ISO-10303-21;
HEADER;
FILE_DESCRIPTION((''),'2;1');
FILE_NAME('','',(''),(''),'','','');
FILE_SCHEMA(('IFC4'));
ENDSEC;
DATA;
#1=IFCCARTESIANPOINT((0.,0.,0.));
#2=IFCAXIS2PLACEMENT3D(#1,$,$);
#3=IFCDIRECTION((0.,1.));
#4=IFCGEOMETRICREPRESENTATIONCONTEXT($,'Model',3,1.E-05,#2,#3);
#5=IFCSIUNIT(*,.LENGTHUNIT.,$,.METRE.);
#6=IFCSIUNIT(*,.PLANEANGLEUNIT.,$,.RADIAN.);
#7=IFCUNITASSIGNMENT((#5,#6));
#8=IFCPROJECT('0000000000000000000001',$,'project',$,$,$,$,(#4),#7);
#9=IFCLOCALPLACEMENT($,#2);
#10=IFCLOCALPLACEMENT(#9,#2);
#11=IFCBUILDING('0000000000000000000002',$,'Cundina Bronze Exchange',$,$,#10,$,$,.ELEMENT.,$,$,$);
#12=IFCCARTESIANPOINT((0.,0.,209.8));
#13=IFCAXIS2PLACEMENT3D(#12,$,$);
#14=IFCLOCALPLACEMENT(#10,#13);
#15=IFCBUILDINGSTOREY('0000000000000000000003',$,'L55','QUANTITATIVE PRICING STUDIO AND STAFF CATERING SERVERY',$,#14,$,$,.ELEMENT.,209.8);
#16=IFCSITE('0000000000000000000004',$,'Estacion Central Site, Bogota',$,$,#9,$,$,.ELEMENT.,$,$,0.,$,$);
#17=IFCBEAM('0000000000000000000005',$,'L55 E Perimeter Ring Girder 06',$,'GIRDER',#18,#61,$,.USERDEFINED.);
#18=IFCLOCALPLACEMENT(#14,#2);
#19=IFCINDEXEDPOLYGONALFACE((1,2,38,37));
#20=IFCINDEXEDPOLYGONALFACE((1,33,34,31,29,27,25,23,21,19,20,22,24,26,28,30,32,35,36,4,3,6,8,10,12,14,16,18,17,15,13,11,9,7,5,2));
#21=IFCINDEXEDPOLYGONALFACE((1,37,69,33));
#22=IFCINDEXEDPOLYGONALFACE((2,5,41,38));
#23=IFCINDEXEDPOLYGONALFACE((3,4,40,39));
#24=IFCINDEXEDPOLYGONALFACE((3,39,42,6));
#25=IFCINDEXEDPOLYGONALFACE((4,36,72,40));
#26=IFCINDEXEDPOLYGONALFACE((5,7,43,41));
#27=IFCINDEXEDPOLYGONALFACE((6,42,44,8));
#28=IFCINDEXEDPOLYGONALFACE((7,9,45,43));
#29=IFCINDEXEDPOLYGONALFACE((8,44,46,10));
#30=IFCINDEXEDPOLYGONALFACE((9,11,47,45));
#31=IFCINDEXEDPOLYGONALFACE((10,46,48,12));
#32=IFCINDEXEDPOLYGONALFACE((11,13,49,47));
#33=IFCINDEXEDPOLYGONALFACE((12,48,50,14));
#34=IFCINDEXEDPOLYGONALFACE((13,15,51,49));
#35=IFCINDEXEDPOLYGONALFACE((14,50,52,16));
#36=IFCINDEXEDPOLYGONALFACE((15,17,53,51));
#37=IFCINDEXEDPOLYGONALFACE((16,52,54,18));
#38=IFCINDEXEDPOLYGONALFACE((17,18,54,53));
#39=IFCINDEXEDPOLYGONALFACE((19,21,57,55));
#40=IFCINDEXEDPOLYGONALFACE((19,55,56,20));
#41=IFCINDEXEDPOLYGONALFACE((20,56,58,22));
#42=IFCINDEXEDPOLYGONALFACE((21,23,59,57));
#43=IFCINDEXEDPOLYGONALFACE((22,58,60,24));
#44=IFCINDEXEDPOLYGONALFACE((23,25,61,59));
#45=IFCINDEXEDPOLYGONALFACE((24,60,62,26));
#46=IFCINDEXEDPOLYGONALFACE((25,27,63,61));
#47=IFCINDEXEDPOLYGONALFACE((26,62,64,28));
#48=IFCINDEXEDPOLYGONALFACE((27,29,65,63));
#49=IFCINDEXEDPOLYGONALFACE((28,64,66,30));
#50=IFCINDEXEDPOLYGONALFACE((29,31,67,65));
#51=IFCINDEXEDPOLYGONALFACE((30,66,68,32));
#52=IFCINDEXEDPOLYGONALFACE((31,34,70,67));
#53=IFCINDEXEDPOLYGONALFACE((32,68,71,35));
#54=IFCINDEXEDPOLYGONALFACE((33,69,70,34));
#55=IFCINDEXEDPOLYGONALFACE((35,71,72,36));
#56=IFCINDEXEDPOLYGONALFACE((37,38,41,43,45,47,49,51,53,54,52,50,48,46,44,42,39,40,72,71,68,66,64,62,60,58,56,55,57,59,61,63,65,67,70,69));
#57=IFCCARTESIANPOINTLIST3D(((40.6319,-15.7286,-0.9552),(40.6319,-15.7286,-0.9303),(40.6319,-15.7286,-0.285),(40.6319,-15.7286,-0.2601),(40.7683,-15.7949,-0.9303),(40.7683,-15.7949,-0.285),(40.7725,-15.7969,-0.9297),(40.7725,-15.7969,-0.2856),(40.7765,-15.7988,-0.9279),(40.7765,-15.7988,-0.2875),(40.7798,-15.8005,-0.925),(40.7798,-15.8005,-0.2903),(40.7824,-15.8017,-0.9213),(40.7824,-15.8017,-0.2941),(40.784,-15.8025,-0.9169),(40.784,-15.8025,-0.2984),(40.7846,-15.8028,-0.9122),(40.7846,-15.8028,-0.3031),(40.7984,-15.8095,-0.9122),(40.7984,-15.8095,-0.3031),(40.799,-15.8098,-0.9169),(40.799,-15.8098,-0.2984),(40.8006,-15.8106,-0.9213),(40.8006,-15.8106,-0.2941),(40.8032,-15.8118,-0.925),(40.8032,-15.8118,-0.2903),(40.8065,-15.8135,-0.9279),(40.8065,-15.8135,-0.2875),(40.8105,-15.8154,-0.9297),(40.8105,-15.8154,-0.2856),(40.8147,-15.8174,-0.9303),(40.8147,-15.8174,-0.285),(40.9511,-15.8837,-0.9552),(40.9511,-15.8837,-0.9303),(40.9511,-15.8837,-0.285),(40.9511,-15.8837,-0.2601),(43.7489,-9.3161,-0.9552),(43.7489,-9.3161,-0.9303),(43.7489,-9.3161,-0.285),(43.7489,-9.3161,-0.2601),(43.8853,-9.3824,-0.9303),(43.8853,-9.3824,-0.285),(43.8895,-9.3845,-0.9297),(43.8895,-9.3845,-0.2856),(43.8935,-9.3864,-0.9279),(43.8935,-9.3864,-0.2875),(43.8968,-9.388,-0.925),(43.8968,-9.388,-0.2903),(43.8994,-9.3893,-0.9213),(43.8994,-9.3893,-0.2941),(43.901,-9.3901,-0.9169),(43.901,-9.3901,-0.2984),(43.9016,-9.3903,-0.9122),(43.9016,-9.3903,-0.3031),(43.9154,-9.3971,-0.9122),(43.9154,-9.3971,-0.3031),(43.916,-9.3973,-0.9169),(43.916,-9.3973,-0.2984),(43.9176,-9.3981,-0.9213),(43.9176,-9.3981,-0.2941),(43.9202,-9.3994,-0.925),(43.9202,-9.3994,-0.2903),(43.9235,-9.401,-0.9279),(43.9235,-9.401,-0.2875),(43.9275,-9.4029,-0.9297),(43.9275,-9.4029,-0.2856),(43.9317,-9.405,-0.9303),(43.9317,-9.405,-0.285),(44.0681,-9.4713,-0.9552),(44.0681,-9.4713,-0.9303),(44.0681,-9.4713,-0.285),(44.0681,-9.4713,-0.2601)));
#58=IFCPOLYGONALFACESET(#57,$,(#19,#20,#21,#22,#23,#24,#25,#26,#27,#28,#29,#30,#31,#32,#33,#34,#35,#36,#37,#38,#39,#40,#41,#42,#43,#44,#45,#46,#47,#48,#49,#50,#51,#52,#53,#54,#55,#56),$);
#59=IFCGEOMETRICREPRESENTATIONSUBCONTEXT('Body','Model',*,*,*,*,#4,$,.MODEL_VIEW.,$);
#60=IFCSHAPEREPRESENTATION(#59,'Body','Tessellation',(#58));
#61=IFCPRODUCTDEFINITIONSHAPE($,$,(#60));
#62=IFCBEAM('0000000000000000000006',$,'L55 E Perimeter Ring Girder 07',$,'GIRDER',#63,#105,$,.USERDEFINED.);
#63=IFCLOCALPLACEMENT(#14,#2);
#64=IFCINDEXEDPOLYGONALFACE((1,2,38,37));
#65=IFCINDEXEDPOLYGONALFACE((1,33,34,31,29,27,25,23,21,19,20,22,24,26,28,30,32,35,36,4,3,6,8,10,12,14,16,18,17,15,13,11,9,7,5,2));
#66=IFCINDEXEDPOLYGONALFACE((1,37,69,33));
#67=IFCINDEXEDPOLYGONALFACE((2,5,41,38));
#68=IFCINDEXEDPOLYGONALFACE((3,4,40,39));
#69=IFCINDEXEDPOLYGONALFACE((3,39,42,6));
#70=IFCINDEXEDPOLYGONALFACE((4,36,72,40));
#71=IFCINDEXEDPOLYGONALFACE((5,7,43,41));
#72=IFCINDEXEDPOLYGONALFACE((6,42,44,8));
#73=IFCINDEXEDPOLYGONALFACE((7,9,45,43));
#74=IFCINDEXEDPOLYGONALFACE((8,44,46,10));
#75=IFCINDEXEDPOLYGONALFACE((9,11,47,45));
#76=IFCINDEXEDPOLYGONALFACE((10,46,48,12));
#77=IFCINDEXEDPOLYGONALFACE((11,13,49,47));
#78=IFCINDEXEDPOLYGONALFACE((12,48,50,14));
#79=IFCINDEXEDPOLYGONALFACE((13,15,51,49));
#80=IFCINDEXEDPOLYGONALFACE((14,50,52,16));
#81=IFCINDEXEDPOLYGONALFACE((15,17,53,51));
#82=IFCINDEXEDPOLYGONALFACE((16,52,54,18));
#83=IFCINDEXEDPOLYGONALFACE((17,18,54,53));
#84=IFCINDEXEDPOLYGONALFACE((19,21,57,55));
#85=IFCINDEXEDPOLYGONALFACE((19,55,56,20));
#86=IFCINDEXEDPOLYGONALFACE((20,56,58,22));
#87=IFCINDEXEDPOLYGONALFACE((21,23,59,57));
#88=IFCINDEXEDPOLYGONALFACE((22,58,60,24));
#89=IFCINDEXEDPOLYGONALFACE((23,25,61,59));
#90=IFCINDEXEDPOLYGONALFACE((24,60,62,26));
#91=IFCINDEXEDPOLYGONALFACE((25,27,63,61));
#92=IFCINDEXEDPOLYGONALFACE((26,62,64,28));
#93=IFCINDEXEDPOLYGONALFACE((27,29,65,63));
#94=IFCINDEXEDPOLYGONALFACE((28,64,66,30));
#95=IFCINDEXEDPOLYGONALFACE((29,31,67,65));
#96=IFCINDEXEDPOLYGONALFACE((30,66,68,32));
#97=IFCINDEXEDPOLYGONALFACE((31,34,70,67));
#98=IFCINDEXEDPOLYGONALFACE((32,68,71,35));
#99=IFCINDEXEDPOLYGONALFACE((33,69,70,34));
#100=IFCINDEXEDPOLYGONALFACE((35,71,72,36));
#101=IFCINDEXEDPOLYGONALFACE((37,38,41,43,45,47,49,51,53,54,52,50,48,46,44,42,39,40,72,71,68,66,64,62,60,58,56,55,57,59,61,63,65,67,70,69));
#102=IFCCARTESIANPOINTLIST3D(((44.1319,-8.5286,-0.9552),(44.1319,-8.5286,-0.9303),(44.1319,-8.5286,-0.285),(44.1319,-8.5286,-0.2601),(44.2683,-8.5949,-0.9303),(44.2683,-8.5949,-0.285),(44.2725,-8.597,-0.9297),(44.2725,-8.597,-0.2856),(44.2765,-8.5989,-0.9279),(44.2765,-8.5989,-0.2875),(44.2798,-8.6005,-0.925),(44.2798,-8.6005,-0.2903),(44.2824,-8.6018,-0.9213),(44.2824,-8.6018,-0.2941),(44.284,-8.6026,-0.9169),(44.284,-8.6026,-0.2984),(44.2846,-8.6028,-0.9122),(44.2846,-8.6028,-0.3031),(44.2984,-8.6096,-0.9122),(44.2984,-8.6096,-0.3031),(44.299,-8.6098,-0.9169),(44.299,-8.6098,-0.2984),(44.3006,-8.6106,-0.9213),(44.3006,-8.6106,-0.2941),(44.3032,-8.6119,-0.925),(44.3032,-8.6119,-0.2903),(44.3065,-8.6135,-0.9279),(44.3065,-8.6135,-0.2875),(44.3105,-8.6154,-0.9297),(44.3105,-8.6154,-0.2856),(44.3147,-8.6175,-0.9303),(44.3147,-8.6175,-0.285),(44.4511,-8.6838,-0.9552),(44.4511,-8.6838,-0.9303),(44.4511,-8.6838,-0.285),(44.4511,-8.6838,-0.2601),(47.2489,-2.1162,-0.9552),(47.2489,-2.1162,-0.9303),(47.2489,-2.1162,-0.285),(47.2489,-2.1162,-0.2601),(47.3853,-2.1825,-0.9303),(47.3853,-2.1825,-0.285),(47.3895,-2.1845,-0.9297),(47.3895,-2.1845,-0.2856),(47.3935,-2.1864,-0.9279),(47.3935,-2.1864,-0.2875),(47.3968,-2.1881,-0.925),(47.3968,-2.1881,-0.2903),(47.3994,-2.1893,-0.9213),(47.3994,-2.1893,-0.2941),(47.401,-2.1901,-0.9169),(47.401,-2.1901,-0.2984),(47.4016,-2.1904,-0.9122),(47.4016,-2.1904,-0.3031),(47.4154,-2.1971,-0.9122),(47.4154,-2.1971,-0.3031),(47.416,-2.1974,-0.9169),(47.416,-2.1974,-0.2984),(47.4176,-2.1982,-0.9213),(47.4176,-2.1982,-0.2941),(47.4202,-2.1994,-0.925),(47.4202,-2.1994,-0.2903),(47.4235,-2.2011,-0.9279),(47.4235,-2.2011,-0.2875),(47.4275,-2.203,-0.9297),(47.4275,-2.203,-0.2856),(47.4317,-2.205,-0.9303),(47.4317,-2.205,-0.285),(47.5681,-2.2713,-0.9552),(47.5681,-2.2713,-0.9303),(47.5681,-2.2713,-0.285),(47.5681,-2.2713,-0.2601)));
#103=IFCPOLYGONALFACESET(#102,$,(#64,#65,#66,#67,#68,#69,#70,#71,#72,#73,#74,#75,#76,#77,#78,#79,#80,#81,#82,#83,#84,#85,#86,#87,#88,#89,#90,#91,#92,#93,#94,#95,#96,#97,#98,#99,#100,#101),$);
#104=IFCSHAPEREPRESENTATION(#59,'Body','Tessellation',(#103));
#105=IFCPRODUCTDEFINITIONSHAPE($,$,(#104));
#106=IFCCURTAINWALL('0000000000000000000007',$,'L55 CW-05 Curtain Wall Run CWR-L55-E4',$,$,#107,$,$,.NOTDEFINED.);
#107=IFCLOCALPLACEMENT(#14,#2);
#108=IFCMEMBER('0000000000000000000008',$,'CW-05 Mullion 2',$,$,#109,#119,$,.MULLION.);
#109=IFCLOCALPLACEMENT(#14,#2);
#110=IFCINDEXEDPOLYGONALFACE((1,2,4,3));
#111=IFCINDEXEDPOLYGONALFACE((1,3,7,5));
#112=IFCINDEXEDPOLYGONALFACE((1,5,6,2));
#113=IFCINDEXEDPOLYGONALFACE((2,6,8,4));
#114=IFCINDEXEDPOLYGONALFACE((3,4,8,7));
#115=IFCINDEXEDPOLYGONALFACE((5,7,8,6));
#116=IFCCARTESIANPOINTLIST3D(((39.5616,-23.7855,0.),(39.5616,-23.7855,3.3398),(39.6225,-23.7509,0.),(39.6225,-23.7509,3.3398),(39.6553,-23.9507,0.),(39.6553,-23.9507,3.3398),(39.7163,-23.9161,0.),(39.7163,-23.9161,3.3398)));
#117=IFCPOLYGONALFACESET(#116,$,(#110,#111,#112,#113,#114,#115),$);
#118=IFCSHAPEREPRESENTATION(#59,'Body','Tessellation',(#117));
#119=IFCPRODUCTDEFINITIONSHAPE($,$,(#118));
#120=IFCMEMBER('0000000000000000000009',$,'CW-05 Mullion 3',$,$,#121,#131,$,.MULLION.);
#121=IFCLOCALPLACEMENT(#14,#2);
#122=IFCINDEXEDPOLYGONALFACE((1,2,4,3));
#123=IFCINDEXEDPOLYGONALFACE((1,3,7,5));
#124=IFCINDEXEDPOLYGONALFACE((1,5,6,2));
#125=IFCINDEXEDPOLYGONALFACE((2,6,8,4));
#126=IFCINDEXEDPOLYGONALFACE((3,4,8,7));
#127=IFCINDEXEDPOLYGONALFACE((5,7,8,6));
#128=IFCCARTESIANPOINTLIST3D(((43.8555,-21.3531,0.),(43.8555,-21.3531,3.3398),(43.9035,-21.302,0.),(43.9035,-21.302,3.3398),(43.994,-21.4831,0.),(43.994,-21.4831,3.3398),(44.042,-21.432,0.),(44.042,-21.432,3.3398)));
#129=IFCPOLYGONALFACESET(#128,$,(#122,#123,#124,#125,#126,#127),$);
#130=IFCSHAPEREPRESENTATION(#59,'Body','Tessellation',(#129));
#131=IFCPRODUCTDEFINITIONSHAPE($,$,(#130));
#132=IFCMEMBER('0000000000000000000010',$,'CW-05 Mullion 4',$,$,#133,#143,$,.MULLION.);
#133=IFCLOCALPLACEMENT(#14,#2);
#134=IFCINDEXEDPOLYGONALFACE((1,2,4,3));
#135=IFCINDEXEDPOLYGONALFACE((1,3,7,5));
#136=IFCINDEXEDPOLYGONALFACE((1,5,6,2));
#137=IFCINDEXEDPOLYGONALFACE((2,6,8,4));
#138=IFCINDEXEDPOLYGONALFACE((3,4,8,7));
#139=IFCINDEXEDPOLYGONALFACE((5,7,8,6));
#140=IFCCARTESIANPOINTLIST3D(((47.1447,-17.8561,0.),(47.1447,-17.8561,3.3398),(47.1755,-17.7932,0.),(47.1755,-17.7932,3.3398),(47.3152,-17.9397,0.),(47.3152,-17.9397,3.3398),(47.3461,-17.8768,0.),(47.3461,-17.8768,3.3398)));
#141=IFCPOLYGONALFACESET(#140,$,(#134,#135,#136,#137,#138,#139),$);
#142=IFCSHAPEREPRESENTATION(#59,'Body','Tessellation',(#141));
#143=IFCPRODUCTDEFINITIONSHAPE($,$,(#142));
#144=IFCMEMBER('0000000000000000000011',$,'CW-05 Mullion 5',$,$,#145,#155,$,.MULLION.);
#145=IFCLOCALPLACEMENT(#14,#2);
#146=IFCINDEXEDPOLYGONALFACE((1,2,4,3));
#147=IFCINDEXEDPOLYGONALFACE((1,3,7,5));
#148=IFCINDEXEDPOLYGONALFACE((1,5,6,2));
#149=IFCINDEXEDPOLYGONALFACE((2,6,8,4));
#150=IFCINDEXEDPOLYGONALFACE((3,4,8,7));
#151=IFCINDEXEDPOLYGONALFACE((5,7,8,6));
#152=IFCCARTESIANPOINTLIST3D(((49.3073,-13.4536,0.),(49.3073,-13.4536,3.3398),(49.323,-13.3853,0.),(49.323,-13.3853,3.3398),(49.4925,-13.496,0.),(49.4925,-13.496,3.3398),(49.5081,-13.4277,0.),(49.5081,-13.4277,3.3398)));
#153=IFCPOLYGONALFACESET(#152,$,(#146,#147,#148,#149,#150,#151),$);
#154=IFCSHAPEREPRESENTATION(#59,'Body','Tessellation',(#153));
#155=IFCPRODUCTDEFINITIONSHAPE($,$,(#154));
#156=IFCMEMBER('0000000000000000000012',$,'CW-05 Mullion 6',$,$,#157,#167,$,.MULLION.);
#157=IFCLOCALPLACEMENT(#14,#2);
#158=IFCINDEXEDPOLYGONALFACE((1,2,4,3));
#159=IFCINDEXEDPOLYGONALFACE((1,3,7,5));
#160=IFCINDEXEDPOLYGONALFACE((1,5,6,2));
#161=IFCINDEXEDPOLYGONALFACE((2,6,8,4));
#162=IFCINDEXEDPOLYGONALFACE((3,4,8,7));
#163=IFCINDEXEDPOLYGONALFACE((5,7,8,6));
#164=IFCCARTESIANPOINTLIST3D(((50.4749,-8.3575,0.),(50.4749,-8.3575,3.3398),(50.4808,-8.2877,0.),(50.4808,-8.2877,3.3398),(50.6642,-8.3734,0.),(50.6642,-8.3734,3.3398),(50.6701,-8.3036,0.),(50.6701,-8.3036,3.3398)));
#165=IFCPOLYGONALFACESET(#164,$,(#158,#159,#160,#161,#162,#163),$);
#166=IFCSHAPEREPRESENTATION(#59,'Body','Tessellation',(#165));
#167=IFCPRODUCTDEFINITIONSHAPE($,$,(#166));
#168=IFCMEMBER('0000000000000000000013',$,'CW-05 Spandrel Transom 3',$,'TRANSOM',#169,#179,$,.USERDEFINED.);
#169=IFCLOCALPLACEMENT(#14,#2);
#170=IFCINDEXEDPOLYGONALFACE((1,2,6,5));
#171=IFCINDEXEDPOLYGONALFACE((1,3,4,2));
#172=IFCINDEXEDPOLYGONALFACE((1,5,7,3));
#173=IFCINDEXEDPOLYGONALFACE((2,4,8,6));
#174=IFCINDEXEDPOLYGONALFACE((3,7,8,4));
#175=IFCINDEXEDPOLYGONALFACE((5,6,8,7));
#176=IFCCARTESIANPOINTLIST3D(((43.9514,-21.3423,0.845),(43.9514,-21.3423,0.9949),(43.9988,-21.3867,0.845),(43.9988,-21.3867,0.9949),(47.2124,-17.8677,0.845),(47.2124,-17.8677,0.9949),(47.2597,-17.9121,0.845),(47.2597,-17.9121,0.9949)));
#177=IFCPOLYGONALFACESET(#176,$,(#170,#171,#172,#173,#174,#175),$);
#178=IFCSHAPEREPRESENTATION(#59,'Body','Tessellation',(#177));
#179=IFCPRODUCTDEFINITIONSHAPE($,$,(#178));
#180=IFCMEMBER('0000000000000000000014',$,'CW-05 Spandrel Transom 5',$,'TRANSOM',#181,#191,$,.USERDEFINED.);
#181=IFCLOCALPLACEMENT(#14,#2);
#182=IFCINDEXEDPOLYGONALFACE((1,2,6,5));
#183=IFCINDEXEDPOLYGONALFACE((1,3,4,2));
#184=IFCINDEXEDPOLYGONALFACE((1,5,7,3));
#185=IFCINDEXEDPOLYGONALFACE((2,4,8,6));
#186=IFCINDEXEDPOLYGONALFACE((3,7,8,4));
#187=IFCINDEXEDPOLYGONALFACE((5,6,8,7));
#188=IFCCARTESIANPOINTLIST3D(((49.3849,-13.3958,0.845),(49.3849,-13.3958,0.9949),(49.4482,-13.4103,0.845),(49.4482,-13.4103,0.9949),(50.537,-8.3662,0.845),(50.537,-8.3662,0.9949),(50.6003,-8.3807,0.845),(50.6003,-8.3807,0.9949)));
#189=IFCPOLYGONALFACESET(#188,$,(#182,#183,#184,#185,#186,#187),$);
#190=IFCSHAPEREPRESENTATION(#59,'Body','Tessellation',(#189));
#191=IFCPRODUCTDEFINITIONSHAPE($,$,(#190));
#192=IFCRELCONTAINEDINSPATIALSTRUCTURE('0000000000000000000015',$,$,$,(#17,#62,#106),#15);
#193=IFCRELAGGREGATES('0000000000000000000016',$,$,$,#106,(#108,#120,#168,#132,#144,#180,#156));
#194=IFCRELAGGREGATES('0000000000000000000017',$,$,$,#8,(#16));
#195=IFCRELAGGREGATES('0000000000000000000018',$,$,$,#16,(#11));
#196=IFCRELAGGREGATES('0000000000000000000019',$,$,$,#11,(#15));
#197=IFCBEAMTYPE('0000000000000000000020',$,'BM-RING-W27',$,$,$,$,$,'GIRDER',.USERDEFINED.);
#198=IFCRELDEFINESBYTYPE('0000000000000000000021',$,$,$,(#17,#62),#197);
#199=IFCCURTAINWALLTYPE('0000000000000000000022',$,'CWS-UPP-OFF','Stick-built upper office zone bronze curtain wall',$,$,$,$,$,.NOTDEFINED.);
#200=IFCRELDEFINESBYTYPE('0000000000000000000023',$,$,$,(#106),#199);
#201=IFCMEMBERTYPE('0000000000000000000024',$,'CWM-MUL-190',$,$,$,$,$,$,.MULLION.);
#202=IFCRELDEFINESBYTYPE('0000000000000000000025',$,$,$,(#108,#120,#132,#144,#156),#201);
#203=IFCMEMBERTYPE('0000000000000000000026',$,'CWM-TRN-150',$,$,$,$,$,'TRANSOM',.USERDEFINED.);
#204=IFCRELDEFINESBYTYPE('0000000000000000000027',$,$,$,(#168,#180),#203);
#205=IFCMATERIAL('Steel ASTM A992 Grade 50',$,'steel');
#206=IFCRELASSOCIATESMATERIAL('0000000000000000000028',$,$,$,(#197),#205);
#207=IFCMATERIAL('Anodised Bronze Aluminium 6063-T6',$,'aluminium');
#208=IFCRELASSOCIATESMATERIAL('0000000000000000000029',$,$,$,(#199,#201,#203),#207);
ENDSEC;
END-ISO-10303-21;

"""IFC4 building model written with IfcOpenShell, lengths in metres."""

from ifc_helpers import new_model, si_unit, direction, frame, origin, origin_2d, place, context, subcontext, project, spatial, rectangle, i_section, extrude, material, material_profile, profile_set, type_object, element, aggregate, save


model = new_model("IFC4")

# Units and contexts
model_context = context("Model", 3, precision=1e-05, world=origin(), true_north=direction((0.0, 1.0)))
body_context = subcontext(model_context, "Body", "Model", "MODEL_VIEW")
ifc_project = project(units=[si_unit("LENGTHUNIT", "METRE"), si_unit("PLANEANGLEUNIT", "RADIAN")], contexts=[model_context])

# Site, building, storey
site_placement = place(None, origin())
site = spatial("IfcSite", under=ifc_project, at=site_placement, Name="Estacion Central Site, Bogota", CompositionType="ELEMENT", RefElevation=0.0)
building_placement = place(site_placement, origin())
building = spatial("IfcBuilding", under=site, at=building_placement, Name="Cundina Bronze Exchange", CompositionType="ELEMENT")
storey_placement = place(building_placement, frame((0.0, 0.0, 209.8)))
storey = spatial("IfcBuildingStorey", under=building, at=storey_placement, Name="L55", Description="QUANTITATIVE PRICING STUDIO AND STAFF CATERING SERVERY", CompositionType="ELEMENT", Elevation=209.8)

# Beams
ifc_material_1 = material(Name="Steel ASTM A992 Grade 50", Category="steel")
ifc_material_profile_1 = material_profile(ifc_material_1, i_section(OverallWidth=0.355, OverallDepth=0.6951, WebThickness=0.0154, FlangeThickness=0.0249, FilletRadius=0.0181, at=origin_2d()), Name="W27X146", Category="steel")
ifc_profile_set_1 = profile_set([ifc_material_profile_1], Name="Steel ASTM A992 Grade 50")
beam_type_1 = type_object("IfcBeamType", Name="BM-RING-W27", ElementType="GIRDER", PredefinedType="USERDEFINED", material=ifc_profile_set_1)
for number, where, z_axis, x_axis, name in (
    (1, (40.7915, -15.8062, -0.6077), (0.437173, 0.899377, 0.0), (-0.899377, 0.437173, 0.0), "L55 E Perimeter Ring Girder 06"),
    (2, (44.2915, -8.6062, -0.6077), (0.437173, 0.899377, 0.0), (-0.899377, 0.437173, 0.0), "L55 E Perimeter Ring Girder 07"),
):
    element("IfcBeam", number, at=place(storey_placement, frame(where, z_axis=z_axis, x_axis=x_axis)), inside=storey, type_object=beam_type_1, Name=name, ObjectType="GIRDER", PredefinedType="USERDEFINED", context=body_context, shape_type="SweptSolid", body=[
        extrude(i_section(OverallWidth=0.355, OverallDepth=0.6951, WebThickness=0.0154, FlangeThickness=0.0249, FilletRadius=0.0181, at=origin_2d()), origin(), (0.0, 0.0, 1.0), 7.1299),
    ])

# Curtain wall, members
ifc_material_2 = material(Name="Anodised Bronze Aluminium 6063-T6", Category="aluminium")
curtain_wall_type = type_object("IfcCurtainWallType", Name="CWS-UPP-OFF", Description="Stick-built upper office zone bronze curtain wall", PredefinedType="NOTDEFINED", material=ifc_material_2)
curtain_wall_placement = place(storey_placement, origin())
curtain_wall = element("IfcCurtainWall", 3, at=curtain_wall_placement, inside=storey, type_object=curtain_wall_type, Name="L55 CW-05 Curtain Wall Run CWR-L55-E4", PredefinedType="NOTDEFINED")
ifc_material_profile_2 = material_profile(ifc_material_2, rectangle(XDim=0.0701, YDim=0.1899, at=origin_2d()), Name="AL70X190", Category="aluminium")
ifc_profile_set_2 = profile_set([ifc_material_profile_2], Name="Anodised Bronze Aluminium 6063-T6")
member_type_1 = type_object("IfcMemberType", Name="CWM-MUL-190", PredefinedType="MULLION", material=ifc_profile_set_2)
member_1_placement = place(storey_placement, frame((39.6389, -23.8508, 0.0), z_axis=(0.0, 0.0, 1.0), x_axis=(0.869581, 0.49379, 0.0)))
member_1 = element("IfcMember", 4, at=member_1_placement, type_object=member_type_1, Name="CW-05 Mullion 2", PredefinedType="MULLION", context=body_context, shape_type="SweptSolid", body=[
    extrude(rectangle(XDim=0.0701, YDim=0.1899, at=origin_2d()), origin(), (0.0, 0.0, 1.0), 3.3398),
])
member_2_placement = place(storey_placement, frame((43.9487, -21.3926, 0.0), z_axis=(0.0, 0.0, 1.0), x_axis=(0.684293, 0.729208, 0.0)))
member_2 = element("IfcMember", 5, at=member_2_placement, type_object=member_type_1, Name="CW-05 Mullion 3", PredefinedType="MULLION", context=body_context, shape_type="SweptSolid", body=[
    extrude(rectangle(XDim=0.0701, YDim=0.1899, at=origin_2d()), origin(), (0.0, 0.0, 1.0), 3.3398),
])
member_3_placement = place(storey_placement, frame((47.2454, -17.8665, 0.0), z_axis=(0.0, 0.0, 1.0), x_axis=(0.440566, 0.89772, 0.0)))
member_3 = element("IfcMember", 6, at=member_3_placement, type_object=member_type_1, Name="CW-05 Mullion 4", PredefinedType="MULLION", context=body_context, shape_type="SweptSolid", body=[
    extrude(rectangle(XDim=0.0701, YDim=0.1899, at=origin_2d()), origin(), (0.0, 0.0, 1.0), 3.3398),
])
member_4_placement = place(storey_placement, frame((49.4077, -13.4407, 0.0), z_axis=(0.0, 0.0, 1.0), x_axis=(0.22325, 0.974761, 0.0)))
member_4 = element("IfcMember", 7, at=member_4_placement, type_object=member_type_1, Name="CW-05 Mullion 5", PredefinedType="MULLION", context=body_context, shape_type="SweptSolid", body=[
    extrude(rectangle(XDim=0.0701, YDim=0.1899, at=origin_2d()), origin(), (0.0, 0.0, 1.0), 3.3398),
])
member_5_placement = place(storey_placement, frame((50.5725, -8.3306, 0.0), z_axis=(0.0, 0.0, 1.0), x_axis=(0.083678, 0.996493, 0.0)))
member_5 = element("IfcMember", 8, at=member_5_placement, type_object=member_type_1, Name="CW-05 Mullion 6", PredefinedType="MULLION", context=body_context, shape_type="SweptSolid", body=[
    extrude(rectangle(XDim=0.0701, YDim=0.1899, at=origin_2d()), origin(), (0.0, 0.0, 1.0), 3.3398),
])
ifc_material_profile_3 = material_profile(ifc_material_2, rectangle(XDim=0.0649, YDim=0.1499, at=origin_2d()), Name="AL65X150", Category="aluminium")
ifc_profile_set_3 = profile_set([ifc_material_profile_3], Name="Anodised Bronze Aluminium 6063-T6")
member_type_2 = type_object("IfcMemberType", Name="CWM-TRN-150", ElementType="TRANSOM", PredefinedType="USERDEFINED", material=ifc_profile_set_3)
member_6_placement = place(storey_placement, frame((43.9751, -21.3645, 0.9199), z_axis=(0.684336, 0.729166, 0.0), x_axis=(-0.729166, 0.684336, 0.0)))
member_6 = element("IfcMember", 9, at=member_6_placement, type_object=member_type_2, Name="CW-05 Spandrel Transom 3", ObjectType="TRANSOM", PredefinedType="USERDEFINED", context=body_context, shape_type="SweptSolid", body=[
    extrude(rectangle(XDim=0.0649, YDim=0.1499, at=origin_2d()), origin(), (0.0, 0.0, 1.0), 4.7651),
])
member_7_placement = place(storey_placement, frame((49.4165, -13.4031, 0.9199), z_axis=(0.223283, 0.974754, 0.0), x_axis=(-0.974754, 0.223283, 0.0)))
member_7 = element("IfcMember", 10, at=member_7_placement, type_object=member_type_2, Name="CW-05 Spandrel Transom 5", ObjectType="TRANSOM", PredefinedType="USERDEFINED", context=body_context, shape_type="SweptSolid", body=[
    extrude(rectangle(XDim=0.0649, YDim=0.1499, at=origin_2d()), origin(), (0.0, 0.0, 1.0), 5.1599),
])
aggregate(curtain_wall, [member_1, member_2, member_6, member_3, member_4, member_7, member_5])

save(model, "model.ifc")
